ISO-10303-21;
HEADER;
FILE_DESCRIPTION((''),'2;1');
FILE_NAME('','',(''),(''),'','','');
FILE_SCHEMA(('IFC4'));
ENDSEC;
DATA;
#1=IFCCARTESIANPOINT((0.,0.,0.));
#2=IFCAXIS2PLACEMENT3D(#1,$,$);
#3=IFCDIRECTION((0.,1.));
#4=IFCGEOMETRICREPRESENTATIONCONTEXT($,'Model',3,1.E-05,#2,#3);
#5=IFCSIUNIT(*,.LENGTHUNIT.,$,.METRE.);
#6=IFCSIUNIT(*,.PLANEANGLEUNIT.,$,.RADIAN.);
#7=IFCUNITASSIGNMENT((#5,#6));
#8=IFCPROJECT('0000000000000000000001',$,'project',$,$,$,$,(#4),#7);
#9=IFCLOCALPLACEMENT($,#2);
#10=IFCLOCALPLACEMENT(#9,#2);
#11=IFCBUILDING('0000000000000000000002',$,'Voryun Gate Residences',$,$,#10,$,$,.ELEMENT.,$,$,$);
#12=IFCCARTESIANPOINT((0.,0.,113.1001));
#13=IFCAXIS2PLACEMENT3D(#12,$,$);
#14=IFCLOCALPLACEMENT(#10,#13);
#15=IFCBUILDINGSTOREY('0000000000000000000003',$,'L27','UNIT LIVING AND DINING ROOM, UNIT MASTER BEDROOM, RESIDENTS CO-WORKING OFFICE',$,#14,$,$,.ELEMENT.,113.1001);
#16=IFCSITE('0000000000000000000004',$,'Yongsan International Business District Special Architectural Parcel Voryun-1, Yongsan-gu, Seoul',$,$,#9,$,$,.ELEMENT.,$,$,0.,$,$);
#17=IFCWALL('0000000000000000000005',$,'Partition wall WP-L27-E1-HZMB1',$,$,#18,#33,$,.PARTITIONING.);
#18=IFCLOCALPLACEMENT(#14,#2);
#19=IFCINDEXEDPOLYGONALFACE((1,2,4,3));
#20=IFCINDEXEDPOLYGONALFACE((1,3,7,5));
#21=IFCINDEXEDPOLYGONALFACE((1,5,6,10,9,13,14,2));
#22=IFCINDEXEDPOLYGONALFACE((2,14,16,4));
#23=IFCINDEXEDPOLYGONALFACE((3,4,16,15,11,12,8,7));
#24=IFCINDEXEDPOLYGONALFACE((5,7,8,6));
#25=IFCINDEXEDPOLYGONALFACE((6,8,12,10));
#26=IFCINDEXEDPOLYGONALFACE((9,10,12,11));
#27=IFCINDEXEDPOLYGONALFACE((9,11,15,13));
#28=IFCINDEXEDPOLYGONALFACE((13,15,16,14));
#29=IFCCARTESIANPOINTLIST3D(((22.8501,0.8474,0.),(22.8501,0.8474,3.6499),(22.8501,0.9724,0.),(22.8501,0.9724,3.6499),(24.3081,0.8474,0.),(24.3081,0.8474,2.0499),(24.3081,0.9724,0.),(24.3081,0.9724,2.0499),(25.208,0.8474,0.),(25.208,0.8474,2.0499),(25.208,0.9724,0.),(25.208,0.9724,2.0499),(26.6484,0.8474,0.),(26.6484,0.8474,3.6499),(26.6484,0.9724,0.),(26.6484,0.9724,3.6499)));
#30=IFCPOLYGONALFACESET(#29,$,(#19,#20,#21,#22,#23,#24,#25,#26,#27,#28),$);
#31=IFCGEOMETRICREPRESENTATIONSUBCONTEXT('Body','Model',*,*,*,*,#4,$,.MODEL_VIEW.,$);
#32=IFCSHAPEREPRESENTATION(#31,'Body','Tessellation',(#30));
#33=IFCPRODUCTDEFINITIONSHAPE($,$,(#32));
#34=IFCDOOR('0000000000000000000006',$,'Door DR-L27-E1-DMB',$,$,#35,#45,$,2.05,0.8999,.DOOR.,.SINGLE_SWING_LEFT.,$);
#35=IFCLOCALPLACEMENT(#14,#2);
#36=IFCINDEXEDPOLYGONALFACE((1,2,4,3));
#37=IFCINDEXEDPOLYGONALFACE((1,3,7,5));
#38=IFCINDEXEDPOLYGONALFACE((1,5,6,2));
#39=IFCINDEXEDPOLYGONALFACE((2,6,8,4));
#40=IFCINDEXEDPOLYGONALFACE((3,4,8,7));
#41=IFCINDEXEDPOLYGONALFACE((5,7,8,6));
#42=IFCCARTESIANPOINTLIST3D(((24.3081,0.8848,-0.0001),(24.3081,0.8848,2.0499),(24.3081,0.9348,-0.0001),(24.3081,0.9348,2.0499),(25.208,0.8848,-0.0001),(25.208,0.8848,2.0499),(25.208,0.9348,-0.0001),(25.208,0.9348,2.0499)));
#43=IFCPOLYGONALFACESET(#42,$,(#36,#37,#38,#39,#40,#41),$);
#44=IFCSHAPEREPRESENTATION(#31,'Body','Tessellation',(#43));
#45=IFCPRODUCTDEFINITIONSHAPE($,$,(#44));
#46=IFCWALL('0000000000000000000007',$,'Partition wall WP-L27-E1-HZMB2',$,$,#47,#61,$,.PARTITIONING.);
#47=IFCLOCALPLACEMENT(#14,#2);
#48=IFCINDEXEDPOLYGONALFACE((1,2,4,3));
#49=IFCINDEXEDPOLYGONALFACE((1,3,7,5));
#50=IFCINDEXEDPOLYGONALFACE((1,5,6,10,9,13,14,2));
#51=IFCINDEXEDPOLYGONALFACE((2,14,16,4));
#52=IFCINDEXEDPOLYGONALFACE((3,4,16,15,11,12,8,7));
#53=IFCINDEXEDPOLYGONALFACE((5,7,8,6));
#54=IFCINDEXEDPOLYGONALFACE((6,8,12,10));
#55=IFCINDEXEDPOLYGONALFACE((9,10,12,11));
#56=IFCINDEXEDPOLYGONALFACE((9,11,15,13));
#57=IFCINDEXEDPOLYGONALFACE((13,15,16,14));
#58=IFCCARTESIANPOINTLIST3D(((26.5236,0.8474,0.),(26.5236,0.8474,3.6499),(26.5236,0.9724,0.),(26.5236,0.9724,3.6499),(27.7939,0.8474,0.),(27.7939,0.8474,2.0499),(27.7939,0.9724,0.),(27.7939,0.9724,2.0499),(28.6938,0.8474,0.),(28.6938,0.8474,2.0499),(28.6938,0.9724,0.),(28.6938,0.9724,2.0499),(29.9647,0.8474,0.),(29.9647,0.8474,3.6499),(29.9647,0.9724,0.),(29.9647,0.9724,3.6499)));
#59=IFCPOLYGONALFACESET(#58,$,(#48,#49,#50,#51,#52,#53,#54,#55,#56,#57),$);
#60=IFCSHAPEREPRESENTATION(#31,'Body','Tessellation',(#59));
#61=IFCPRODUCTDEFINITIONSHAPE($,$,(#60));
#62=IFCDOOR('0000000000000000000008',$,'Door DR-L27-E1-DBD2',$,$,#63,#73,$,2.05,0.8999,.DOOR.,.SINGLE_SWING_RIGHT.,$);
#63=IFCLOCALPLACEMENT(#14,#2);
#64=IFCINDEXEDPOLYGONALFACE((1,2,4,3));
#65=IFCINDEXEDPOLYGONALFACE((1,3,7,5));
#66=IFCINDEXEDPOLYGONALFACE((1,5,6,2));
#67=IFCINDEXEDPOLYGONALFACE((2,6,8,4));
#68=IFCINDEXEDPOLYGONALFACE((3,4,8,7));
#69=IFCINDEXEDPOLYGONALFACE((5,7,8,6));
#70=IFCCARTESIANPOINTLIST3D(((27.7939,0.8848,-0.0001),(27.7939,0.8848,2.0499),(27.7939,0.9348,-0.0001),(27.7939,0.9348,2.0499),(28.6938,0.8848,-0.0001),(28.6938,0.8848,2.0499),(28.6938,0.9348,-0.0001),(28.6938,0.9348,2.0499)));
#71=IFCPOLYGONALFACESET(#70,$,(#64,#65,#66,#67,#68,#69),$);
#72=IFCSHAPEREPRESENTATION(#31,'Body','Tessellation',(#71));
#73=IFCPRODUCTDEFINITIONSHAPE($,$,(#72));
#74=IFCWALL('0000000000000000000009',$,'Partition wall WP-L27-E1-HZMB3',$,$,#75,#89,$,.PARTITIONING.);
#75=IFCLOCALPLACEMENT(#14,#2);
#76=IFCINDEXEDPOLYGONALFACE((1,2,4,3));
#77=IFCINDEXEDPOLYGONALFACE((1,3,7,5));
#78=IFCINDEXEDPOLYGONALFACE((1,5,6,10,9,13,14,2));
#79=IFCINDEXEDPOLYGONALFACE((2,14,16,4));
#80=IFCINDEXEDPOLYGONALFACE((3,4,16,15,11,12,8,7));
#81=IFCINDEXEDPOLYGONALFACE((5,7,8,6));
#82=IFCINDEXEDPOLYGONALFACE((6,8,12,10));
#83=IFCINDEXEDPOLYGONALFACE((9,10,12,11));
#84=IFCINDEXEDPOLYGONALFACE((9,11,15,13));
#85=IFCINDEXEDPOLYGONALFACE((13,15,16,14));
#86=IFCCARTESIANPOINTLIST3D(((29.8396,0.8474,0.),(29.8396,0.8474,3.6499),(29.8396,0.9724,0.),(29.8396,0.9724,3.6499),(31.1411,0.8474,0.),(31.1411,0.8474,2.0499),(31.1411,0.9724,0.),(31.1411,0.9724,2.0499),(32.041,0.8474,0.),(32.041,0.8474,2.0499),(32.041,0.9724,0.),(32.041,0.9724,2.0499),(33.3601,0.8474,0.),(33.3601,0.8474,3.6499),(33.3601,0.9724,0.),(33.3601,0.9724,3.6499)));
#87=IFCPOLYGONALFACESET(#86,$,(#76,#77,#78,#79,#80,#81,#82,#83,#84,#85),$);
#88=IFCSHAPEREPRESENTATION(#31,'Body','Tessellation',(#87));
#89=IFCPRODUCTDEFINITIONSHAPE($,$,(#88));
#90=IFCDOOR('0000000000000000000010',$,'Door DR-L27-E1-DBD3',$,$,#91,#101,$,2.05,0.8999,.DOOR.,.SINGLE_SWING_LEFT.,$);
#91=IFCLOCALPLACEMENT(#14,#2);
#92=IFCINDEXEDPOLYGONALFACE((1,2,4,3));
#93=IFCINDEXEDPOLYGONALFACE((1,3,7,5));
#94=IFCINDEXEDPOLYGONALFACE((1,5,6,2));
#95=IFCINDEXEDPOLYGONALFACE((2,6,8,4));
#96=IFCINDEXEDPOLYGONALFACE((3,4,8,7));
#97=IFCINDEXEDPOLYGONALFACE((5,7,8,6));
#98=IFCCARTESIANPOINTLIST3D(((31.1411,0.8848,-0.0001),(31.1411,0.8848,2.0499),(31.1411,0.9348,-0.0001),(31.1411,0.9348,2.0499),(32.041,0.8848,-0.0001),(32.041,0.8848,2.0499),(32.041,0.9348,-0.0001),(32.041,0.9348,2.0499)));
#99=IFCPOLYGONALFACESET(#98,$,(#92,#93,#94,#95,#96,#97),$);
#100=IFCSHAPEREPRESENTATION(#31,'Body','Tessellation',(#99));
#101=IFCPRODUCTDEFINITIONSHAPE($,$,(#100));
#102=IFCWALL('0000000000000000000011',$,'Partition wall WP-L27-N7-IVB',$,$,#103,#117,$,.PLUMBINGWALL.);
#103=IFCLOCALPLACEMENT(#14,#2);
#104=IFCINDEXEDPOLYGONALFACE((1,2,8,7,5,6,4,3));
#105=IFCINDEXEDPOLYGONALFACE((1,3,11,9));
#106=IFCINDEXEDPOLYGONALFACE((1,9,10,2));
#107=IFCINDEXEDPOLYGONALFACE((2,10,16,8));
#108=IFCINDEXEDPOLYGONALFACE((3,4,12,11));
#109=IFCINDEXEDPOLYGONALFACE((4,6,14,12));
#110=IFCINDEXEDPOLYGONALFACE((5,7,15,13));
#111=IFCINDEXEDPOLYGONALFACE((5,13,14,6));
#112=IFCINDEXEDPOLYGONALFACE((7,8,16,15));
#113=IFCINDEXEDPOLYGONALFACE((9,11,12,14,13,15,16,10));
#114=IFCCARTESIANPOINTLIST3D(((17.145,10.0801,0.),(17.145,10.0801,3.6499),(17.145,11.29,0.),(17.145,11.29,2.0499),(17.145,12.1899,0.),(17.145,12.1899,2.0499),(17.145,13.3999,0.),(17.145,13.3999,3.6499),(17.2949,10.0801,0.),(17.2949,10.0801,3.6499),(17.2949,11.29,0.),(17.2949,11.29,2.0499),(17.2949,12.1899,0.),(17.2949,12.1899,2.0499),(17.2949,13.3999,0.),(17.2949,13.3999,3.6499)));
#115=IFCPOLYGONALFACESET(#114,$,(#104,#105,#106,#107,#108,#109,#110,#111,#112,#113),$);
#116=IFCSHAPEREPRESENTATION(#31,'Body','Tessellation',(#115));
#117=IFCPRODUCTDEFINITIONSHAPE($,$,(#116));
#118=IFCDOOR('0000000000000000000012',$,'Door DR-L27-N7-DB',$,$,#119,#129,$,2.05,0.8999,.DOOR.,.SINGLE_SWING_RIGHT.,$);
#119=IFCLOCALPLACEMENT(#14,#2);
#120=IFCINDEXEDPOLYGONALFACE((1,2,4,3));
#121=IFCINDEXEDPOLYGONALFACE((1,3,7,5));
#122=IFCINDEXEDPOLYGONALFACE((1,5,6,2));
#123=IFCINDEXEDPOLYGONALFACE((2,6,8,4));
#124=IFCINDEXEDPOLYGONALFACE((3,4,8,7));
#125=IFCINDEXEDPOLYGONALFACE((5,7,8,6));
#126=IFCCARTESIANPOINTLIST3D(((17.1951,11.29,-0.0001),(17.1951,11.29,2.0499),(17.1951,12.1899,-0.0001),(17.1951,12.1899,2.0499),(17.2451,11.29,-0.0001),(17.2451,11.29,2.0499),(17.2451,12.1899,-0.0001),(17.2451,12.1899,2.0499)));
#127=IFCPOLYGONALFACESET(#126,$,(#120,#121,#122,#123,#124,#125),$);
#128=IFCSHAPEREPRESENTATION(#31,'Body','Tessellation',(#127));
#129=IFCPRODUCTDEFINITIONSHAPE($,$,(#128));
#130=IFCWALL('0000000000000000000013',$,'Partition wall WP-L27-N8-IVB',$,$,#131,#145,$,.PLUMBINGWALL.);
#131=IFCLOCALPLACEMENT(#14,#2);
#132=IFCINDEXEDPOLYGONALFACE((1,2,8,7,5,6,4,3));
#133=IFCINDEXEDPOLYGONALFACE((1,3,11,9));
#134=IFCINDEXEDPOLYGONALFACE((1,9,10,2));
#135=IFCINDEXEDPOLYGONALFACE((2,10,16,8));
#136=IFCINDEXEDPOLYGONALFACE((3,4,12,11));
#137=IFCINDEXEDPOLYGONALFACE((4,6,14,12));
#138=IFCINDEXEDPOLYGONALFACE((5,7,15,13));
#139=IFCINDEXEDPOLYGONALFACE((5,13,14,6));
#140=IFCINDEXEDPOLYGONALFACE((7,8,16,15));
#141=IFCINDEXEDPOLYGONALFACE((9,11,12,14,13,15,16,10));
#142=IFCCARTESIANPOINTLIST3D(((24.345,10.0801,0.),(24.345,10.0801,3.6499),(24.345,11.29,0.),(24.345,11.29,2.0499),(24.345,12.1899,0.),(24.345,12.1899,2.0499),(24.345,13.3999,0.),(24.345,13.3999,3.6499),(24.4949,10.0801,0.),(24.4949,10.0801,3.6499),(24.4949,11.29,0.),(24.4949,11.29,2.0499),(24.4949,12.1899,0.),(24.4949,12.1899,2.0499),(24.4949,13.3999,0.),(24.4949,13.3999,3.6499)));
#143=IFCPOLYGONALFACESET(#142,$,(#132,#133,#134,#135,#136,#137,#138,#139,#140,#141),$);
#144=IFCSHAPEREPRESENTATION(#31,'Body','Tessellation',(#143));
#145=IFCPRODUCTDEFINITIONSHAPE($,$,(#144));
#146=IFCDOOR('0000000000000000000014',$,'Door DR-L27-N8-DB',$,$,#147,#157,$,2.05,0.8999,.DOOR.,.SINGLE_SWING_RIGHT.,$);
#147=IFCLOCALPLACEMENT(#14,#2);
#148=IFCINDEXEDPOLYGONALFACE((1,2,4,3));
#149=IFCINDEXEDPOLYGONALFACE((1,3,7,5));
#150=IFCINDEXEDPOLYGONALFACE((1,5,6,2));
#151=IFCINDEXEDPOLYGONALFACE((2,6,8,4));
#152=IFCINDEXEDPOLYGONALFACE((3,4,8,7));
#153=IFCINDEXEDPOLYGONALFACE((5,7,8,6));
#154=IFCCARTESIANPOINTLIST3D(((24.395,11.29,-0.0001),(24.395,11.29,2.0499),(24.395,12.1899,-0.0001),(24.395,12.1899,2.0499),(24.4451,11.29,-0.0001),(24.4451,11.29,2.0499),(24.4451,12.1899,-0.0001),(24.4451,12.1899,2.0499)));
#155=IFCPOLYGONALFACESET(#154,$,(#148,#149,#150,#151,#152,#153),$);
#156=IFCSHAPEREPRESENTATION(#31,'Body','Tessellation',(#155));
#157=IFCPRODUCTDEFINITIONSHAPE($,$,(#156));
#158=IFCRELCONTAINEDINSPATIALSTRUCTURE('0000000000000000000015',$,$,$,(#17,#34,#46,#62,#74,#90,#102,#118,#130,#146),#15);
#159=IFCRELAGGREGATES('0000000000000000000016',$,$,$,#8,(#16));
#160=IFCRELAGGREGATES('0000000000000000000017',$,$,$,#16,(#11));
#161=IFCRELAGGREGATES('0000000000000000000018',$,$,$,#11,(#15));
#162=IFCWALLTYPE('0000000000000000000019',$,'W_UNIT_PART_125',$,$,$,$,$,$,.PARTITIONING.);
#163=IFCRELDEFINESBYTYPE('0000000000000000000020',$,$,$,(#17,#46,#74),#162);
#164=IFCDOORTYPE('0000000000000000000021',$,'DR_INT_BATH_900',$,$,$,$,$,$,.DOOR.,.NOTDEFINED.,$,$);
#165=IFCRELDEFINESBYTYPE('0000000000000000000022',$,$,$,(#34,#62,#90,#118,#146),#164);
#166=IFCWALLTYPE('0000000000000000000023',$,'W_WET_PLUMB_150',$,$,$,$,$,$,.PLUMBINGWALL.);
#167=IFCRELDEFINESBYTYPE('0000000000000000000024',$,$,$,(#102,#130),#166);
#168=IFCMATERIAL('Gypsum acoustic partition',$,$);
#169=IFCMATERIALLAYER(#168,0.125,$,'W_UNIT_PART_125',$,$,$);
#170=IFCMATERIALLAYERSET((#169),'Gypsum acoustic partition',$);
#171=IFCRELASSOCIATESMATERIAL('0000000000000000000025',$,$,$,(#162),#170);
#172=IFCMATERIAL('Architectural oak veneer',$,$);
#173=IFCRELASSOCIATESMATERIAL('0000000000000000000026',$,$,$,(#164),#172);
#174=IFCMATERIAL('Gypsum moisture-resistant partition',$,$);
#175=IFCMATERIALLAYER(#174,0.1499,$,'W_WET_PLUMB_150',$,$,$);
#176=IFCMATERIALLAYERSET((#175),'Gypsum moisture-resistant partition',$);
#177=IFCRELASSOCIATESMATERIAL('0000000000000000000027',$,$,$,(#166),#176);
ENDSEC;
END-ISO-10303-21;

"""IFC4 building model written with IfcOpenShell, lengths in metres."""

from ifc_helpers import new_model, si_unit, direction, frame, frame_2d, origin, place, context, subcontext, project, spatial, rectangle, extrude, material, layer, layer_set, type_object, element, fill, save


model = new_model("IFC4")

# Units and contexts
model_context = context("Model", 3, precision=1e-05, world=origin(), true_north=direction((0.0, 1.0)))
body_context = subcontext(model_context, "Body", "Model", "MODEL_VIEW")
ifc_project = project(units=[si_unit("LENGTHUNIT", "METRE"), si_unit("PLANEANGLEUNIT", "RADIAN")], contexts=[model_context])

# Site, building, storey
site_placement = place(None, origin())
site = spatial("IfcSite", under=ifc_project, at=site_placement, Name="Yongsan International Business District Special Architectural Parcel Voryun-1, Yongsan-gu, Seoul", CompositionType="ELEMENT", RefElevation=0.0)
building_placement = place(site_placement, origin())
building = spatial("IfcBuilding", under=site, at=building_placement, Name="Voryun Gate Residences", CompositionType="ELEMENT")
storey_placement = place(building_placement, frame((0.0, 0.0, 113.1001)))
storey = spatial("IfcBuildingStorey", under=building, at=storey_placement, Name="L27", Description="UNIT LIVING AND DINING ROOM, UNIT MASTER BEDROOM, RESIDENTS CO-WORKING OFFICE", CompositionType="ELEMENT", Elevation=113.1001)

# Walls, openings, doors
ifc_material_1 = material(Name="Gypsum acoustic partition")
ifc_layer_1 = layer(ifc_material_1, 0.125, Name="W_UNIT_PART_125")
ifc_layer_set_1 = layer_set([ifc_layer_1], Name="Gypsum acoustic partition")
wall_type_1 = type_object("IfcWallType", Name="W_UNIT_PART_125", PredefinedType="PARTITIONING", material=ifc_layer_set_1)
wall_1_placement = place(storey_placement, frame((22.8501, 0.9099, 0.0), z_axis=(0.0, 0.0, 1.0), x_axis=(1.0, 0.0, 0.0)))
wall_1 = element("IfcWall", 1, at=wall_1_placement, inside=storey, type_object=wall_type_1, Name="Partition wall WP-L27-E1-HZMB1", PredefinedType="PARTITIONING", context=body_context, shape_type="SweptSolid", body=[
    extrude(rectangle(XDim=3.7983, YDim=0.125, at=frame_2d((1.8992, 0.0))), origin(), (0.0, 0.0, 1.0), 3.6499),
])
opening_1_placement = place(wall_1_placement, frame((1.458, 0.0, 0.0)))
opening_1 = element("IfcOpeningElement", 2, at=opening_1_placement, cuts=wall_1, PredefinedType="OPENING", context=body_context, shape_type="SweptSolid", body=[
    extrude(rectangle(XDim=0.8999, YDim=2.05, at=frame_2d((0.45, 1.0249))), frame((0.0, 0.0725, 0.0), z_axis=(0.0, -1.0, 0.0), x_axis=(1.0, 0.0, 0.0)), (0.0, 0.0, 1.0), 0.145),
])
ifc_material_2 = material(Name="Architectural oak veneer")
door_type_1 = type_object("IfcDoorType", Name="DR_INT_BATH_900", OperationType="NOTDEFINED", PredefinedType="DOOR", material=ifc_material_2)
door_1_placement = place(opening_1_placement, origin())
door_1 = element("IfcDoor", 3, at=door_1_placement, inside=storey, type_object=door_type_1, Name="Door DR-L27-E1-DMB", OperationType="SINGLE_SWING_LEFT", OverallHeight=2.05, OverallWidth=0.8999, PredefinedType="DOOR", context=body_context, shape_type="SweptSolid", body=[
    extrude(rectangle(XDim=0.8999, YDim=2.05, at=frame_2d((0.45, 1.0249))), frame((0.0, 0.0249, 0.0), z_axis=(0.0, -1.0, 0.0), x_axis=(1.0, 0.0, 0.0)), (0.0, 0.0, 1.0), 0.05),
])
fill(opening_1, door_1)
wall_2_placement = place(storey_placement, frame((26.5234, 0.9099, 0.0), z_axis=(0.0, 0.0, 1.0), x_axis=(1.0, 0.0, 0.0)))
wall_2 = element("IfcWall", 4, at=wall_2_placement, inside=storey, type_object=wall_type_1, Name="Partition wall WP-L27-E1-HZMB2", PredefinedType="PARTITIONING", context=body_context, shape_type="SweptSolid", body=[
    extrude(rectangle(XDim=3.4412, YDim=0.125, at=frame_2d((1.7207, 0.0))), origin(), (0.0, 0.0, 1.0), 3.6499),
])
opening_2_placement = place(wall_2_placement, frame((1.2705, 0.0, 0.0)))
opening_2 = element("IfcOpeningElement", 5, at=opening_2_placement, cuts=wall_2, PredefinedType="OPENING", context=body_context, shape_type="SweptSolid", body=[
    extrude(rectangle(XDim=0.8999, YDim=2.05, at=frame_2d((0.45, 1.0249))), frame((0.0, 0.0725, 0.0), z_axis=(0.0, -1.0, 0.0), x_axis=(1.0, 0.0, 0.0)), (0.0, 0.0, 1.0), 0.145),
])
door_2_placement = place(opening_2_placement, origin())
door_2 = element("IfcDoor", 6, at=door_2_placement, inside=storey, type_object=door_type_1, Name="Door DR-L27-E1-DBD2", OperationType="SINGLE_SWING_RIGHT", OverallHeight=2.05, OverallWidth=0.8999, PredefinedType="DOOR", context=body_context, shape_type="SweptSolid", body=[
    extrude(rectangle(XDim=0.8999, YDim=2.05, at=frame_2d((0.45, 1.0249))), frame((0.0, 0.0249, 0.0), z_axis=(0.0, -1.0, 0.0), x_axis=(1.0, 0.0, 0.0)), (0.0, 0.0, 1.0), 0.05),
])
fill(opening_2, door_2)
wall_3_placement = place(storey_placement, frame((29.8396, 0.9099, 0.0), z_axis=(0.0, 0.0, 1.0), x_axis=(1.0, 0.0, 0.0)))
wall_3 = element("IfcWall", 7, at=wall_3_placement, inside=storey, type_object=wall_type_1, Name="Partition wall WP-L27-E1-HZMB3", PredefinedType="PARTITIONING", context=body_context, shape_type="SweptSolid", body=[
    extrude(rectangle(XDim=3.5205, YDim=0.125, at=frame_2d((1.7603, 0.0))), origin(), (0.0, 0.0, 1.0), 3.6499),
])
opening_3_placement = place(wall_3_placement, frame((1.3015, 0.0, 0.0)))
opening_3 = element("IfcOpeningElement", 8, at=opening_3_placement, cuts=wall_3, PredefinedType="OPENING", context=body_context, shape_type="SweptSolid", body=[
    extrude(rectangle(XDim=0.8999, YDim=2.05, at=frame_2d((0.45, 1.0249))), frame((0.0, 0.0725, 0.0), z_axis=(0.0, -1.0, 0.0), x_axis=(1.0, 0.0, 0.0)), (0.0, 0.0, 1.0), 0.145),
])
door_3_placement = place(opening_3_placement, origin())
door_3 = element("IfcDoor", 9, at=door_3_placement, inside=storey, type_object=door_type_1, Name="Door DR-L27-E1-DBD3", OperationType="SINGLE_SWING_LEFT", OverallHeight=2.05, OverallWidth=0.8999, PredefinedType="DOOR", context=body_context, shape_type="SweptSolid", body=[
    extrude(rectangle(XDim=0.8999, YDim=2.05, at=frame_2d((0.45, 1.0249))), frame((0.0, 0.0249, 0.0), z_axis=(0.0, -1.0, 0.0), x_axis=(1.0, 0.0, 0.0)), (0.0, 0.0, 1.0), 0.05),
])
fill(opening_3, door_3)
ifc_material_3 = material(Name="Gypsum moisture-resistant partition")
ifc_layer_2 = layer(ifc_material_3, 0.1499, Name="W_WET_PLUMB_150")
ifc_layer_set_2 = layer_set([ifc_layer_2], Name="Gypsum moisture-resistant partition")
wall_type_2 = type_object("IfcWallType", Name="W_WET_PLUMB_150", PredefinedType="PLUMBINGWALL", material=ifc_layer_set_2)
wall_4_placement = place(storey_placement, frame((17.22, 10.0801, 0.0), z_axis=(0.0, 0.0, 1.0), x_axis=(0.0, 1.0, 0.0)))
wall_4 = element("IfcWall", 10, at=wall_4_placement, inside=storey, type_object=wall_type_2, Name="Partition wall WP-L27-N7-IVB", PredefinedType="PLUMBINGWALL", context=body_context, shape_type="SweptSolid", body=[
    extrude(rectangle(XDim=3.3198, YDim=0.1499, at=frame_2d((1.6599, 0.0))), origin(), (0.0, 0.0, 1.0), 3.6499),
])
opening_4_placement = place(wall_4_placement, frame((1.21, 0.0, 0.0)))
opening_4 = element("IfcOpeningElement", 11, at=opening_4_placement, cuts=wall_4, PredefinedType="OPENING", context=body_context, shape_type="SweptSolid", body=[
    extrude(rectangle(XDim=0.8999, YDim=2.05, at=frame_2d((0.45, 1.0249))), frame((0.0, 0.085, 0.0), z_axis=(0.0, -1.0, 0.0), x_axis=(1.0, 0.0, 0.0)), (0.0, 0.0, 1.0), 0.1699),
])
door_4_placement = place(opening_4_placement, origin())
door_4 = element("IfcDoor", 12, at=door_4_placement, inside=storey, type_object=door_type_1, Name="Door DR-L27-N7-DB", OperationType="SINGLE_SWING_RIGHT", OverallHeight=2.05, OverallWidth=0.8999, PredefinedType="DOOR", context=body_context, shape_type="SweptSolid", body=[
    extrude(rectangle(XDim=0.8999, YDim=2.05, at=frame_2d((0.45, 1.0249))), frame((0.0, 0.0249, 0.0), z_axis=(0.0, -1.0, 0.0), x_axis=(1.0, 0.0, 0.0)), (0.0, 0.0, 1.0), 0.05),
])
fill(opening_4, door_4)
wall_5_placement = place(storey_placement, frame((24.4199, 10.0801, 0.0), z_axis=(0.0, 0.0, 1.0), x_axis=(0.0, 1.0, 0.0)))
wall_5 = element("IfcWall", 13, at=wall_5_placement, inside=storey, type_object=wall_type_2, Name="Partition wall WP-L27-N8-IVB", PredefinedType="PLUMBINGWALL", context=body_context, shape_type="SweptSolid", body=[
    extrude(rectangle(XDim=3.3198, YDim=0.1499, at=frame_2d((1.6599, 0.0))), origin(), (0.0, 0.0, 1.0), 3.6499),
])
opening_5_placement = place(wall_5_placement, frame((1.21, 0.0, 0.0)))
opening_5 = element("IfcOpeningElement", 14, at=opening_5_placement, cuts=wall_5, PredefinedType="OPENING", context=body_context, shape_type="SweptSolid", body=[
    extrude(rectangle(XDim=0.8999, YDim=2.05, at=frame_2d((0.45, 1.0249))), frame((0.0, 0.085, 0.0), z_axis=(0.0, -1.0, 0.0), x_axis=(1.0, 0.0, 0.0)), (0.0, 0.0, 1.0), 0.1699),
])
door_5_placement = place(opening_5_placement, origin())
door_5 = element("IfcDoor", 15, at=door_5_placement, inside=storey, type_object=door_type_1, Name="Door DR-L27-N8-DB", OperationType="SINGLE_SWING_RIGHT", OverallHeight=2.05, OverallWidth=0.8999, PredefinedType="DOOR", context=body_context, shape_type="SweptSolid", body=[
    extrude(rectangle(XDim=0.8999, YDim=2.05, at=frame_2d((0.45, 1.0249))), frame((0.0, 0.0249, 0.0), z_axis=(0.0, -1.0, 0.0), x_axis=(1.0, 0.0, 0.0)), (0.0, 0.0, 1.0), 0.05),
])
fill(opening_5, door_5)

save(model, "model.ifc")
